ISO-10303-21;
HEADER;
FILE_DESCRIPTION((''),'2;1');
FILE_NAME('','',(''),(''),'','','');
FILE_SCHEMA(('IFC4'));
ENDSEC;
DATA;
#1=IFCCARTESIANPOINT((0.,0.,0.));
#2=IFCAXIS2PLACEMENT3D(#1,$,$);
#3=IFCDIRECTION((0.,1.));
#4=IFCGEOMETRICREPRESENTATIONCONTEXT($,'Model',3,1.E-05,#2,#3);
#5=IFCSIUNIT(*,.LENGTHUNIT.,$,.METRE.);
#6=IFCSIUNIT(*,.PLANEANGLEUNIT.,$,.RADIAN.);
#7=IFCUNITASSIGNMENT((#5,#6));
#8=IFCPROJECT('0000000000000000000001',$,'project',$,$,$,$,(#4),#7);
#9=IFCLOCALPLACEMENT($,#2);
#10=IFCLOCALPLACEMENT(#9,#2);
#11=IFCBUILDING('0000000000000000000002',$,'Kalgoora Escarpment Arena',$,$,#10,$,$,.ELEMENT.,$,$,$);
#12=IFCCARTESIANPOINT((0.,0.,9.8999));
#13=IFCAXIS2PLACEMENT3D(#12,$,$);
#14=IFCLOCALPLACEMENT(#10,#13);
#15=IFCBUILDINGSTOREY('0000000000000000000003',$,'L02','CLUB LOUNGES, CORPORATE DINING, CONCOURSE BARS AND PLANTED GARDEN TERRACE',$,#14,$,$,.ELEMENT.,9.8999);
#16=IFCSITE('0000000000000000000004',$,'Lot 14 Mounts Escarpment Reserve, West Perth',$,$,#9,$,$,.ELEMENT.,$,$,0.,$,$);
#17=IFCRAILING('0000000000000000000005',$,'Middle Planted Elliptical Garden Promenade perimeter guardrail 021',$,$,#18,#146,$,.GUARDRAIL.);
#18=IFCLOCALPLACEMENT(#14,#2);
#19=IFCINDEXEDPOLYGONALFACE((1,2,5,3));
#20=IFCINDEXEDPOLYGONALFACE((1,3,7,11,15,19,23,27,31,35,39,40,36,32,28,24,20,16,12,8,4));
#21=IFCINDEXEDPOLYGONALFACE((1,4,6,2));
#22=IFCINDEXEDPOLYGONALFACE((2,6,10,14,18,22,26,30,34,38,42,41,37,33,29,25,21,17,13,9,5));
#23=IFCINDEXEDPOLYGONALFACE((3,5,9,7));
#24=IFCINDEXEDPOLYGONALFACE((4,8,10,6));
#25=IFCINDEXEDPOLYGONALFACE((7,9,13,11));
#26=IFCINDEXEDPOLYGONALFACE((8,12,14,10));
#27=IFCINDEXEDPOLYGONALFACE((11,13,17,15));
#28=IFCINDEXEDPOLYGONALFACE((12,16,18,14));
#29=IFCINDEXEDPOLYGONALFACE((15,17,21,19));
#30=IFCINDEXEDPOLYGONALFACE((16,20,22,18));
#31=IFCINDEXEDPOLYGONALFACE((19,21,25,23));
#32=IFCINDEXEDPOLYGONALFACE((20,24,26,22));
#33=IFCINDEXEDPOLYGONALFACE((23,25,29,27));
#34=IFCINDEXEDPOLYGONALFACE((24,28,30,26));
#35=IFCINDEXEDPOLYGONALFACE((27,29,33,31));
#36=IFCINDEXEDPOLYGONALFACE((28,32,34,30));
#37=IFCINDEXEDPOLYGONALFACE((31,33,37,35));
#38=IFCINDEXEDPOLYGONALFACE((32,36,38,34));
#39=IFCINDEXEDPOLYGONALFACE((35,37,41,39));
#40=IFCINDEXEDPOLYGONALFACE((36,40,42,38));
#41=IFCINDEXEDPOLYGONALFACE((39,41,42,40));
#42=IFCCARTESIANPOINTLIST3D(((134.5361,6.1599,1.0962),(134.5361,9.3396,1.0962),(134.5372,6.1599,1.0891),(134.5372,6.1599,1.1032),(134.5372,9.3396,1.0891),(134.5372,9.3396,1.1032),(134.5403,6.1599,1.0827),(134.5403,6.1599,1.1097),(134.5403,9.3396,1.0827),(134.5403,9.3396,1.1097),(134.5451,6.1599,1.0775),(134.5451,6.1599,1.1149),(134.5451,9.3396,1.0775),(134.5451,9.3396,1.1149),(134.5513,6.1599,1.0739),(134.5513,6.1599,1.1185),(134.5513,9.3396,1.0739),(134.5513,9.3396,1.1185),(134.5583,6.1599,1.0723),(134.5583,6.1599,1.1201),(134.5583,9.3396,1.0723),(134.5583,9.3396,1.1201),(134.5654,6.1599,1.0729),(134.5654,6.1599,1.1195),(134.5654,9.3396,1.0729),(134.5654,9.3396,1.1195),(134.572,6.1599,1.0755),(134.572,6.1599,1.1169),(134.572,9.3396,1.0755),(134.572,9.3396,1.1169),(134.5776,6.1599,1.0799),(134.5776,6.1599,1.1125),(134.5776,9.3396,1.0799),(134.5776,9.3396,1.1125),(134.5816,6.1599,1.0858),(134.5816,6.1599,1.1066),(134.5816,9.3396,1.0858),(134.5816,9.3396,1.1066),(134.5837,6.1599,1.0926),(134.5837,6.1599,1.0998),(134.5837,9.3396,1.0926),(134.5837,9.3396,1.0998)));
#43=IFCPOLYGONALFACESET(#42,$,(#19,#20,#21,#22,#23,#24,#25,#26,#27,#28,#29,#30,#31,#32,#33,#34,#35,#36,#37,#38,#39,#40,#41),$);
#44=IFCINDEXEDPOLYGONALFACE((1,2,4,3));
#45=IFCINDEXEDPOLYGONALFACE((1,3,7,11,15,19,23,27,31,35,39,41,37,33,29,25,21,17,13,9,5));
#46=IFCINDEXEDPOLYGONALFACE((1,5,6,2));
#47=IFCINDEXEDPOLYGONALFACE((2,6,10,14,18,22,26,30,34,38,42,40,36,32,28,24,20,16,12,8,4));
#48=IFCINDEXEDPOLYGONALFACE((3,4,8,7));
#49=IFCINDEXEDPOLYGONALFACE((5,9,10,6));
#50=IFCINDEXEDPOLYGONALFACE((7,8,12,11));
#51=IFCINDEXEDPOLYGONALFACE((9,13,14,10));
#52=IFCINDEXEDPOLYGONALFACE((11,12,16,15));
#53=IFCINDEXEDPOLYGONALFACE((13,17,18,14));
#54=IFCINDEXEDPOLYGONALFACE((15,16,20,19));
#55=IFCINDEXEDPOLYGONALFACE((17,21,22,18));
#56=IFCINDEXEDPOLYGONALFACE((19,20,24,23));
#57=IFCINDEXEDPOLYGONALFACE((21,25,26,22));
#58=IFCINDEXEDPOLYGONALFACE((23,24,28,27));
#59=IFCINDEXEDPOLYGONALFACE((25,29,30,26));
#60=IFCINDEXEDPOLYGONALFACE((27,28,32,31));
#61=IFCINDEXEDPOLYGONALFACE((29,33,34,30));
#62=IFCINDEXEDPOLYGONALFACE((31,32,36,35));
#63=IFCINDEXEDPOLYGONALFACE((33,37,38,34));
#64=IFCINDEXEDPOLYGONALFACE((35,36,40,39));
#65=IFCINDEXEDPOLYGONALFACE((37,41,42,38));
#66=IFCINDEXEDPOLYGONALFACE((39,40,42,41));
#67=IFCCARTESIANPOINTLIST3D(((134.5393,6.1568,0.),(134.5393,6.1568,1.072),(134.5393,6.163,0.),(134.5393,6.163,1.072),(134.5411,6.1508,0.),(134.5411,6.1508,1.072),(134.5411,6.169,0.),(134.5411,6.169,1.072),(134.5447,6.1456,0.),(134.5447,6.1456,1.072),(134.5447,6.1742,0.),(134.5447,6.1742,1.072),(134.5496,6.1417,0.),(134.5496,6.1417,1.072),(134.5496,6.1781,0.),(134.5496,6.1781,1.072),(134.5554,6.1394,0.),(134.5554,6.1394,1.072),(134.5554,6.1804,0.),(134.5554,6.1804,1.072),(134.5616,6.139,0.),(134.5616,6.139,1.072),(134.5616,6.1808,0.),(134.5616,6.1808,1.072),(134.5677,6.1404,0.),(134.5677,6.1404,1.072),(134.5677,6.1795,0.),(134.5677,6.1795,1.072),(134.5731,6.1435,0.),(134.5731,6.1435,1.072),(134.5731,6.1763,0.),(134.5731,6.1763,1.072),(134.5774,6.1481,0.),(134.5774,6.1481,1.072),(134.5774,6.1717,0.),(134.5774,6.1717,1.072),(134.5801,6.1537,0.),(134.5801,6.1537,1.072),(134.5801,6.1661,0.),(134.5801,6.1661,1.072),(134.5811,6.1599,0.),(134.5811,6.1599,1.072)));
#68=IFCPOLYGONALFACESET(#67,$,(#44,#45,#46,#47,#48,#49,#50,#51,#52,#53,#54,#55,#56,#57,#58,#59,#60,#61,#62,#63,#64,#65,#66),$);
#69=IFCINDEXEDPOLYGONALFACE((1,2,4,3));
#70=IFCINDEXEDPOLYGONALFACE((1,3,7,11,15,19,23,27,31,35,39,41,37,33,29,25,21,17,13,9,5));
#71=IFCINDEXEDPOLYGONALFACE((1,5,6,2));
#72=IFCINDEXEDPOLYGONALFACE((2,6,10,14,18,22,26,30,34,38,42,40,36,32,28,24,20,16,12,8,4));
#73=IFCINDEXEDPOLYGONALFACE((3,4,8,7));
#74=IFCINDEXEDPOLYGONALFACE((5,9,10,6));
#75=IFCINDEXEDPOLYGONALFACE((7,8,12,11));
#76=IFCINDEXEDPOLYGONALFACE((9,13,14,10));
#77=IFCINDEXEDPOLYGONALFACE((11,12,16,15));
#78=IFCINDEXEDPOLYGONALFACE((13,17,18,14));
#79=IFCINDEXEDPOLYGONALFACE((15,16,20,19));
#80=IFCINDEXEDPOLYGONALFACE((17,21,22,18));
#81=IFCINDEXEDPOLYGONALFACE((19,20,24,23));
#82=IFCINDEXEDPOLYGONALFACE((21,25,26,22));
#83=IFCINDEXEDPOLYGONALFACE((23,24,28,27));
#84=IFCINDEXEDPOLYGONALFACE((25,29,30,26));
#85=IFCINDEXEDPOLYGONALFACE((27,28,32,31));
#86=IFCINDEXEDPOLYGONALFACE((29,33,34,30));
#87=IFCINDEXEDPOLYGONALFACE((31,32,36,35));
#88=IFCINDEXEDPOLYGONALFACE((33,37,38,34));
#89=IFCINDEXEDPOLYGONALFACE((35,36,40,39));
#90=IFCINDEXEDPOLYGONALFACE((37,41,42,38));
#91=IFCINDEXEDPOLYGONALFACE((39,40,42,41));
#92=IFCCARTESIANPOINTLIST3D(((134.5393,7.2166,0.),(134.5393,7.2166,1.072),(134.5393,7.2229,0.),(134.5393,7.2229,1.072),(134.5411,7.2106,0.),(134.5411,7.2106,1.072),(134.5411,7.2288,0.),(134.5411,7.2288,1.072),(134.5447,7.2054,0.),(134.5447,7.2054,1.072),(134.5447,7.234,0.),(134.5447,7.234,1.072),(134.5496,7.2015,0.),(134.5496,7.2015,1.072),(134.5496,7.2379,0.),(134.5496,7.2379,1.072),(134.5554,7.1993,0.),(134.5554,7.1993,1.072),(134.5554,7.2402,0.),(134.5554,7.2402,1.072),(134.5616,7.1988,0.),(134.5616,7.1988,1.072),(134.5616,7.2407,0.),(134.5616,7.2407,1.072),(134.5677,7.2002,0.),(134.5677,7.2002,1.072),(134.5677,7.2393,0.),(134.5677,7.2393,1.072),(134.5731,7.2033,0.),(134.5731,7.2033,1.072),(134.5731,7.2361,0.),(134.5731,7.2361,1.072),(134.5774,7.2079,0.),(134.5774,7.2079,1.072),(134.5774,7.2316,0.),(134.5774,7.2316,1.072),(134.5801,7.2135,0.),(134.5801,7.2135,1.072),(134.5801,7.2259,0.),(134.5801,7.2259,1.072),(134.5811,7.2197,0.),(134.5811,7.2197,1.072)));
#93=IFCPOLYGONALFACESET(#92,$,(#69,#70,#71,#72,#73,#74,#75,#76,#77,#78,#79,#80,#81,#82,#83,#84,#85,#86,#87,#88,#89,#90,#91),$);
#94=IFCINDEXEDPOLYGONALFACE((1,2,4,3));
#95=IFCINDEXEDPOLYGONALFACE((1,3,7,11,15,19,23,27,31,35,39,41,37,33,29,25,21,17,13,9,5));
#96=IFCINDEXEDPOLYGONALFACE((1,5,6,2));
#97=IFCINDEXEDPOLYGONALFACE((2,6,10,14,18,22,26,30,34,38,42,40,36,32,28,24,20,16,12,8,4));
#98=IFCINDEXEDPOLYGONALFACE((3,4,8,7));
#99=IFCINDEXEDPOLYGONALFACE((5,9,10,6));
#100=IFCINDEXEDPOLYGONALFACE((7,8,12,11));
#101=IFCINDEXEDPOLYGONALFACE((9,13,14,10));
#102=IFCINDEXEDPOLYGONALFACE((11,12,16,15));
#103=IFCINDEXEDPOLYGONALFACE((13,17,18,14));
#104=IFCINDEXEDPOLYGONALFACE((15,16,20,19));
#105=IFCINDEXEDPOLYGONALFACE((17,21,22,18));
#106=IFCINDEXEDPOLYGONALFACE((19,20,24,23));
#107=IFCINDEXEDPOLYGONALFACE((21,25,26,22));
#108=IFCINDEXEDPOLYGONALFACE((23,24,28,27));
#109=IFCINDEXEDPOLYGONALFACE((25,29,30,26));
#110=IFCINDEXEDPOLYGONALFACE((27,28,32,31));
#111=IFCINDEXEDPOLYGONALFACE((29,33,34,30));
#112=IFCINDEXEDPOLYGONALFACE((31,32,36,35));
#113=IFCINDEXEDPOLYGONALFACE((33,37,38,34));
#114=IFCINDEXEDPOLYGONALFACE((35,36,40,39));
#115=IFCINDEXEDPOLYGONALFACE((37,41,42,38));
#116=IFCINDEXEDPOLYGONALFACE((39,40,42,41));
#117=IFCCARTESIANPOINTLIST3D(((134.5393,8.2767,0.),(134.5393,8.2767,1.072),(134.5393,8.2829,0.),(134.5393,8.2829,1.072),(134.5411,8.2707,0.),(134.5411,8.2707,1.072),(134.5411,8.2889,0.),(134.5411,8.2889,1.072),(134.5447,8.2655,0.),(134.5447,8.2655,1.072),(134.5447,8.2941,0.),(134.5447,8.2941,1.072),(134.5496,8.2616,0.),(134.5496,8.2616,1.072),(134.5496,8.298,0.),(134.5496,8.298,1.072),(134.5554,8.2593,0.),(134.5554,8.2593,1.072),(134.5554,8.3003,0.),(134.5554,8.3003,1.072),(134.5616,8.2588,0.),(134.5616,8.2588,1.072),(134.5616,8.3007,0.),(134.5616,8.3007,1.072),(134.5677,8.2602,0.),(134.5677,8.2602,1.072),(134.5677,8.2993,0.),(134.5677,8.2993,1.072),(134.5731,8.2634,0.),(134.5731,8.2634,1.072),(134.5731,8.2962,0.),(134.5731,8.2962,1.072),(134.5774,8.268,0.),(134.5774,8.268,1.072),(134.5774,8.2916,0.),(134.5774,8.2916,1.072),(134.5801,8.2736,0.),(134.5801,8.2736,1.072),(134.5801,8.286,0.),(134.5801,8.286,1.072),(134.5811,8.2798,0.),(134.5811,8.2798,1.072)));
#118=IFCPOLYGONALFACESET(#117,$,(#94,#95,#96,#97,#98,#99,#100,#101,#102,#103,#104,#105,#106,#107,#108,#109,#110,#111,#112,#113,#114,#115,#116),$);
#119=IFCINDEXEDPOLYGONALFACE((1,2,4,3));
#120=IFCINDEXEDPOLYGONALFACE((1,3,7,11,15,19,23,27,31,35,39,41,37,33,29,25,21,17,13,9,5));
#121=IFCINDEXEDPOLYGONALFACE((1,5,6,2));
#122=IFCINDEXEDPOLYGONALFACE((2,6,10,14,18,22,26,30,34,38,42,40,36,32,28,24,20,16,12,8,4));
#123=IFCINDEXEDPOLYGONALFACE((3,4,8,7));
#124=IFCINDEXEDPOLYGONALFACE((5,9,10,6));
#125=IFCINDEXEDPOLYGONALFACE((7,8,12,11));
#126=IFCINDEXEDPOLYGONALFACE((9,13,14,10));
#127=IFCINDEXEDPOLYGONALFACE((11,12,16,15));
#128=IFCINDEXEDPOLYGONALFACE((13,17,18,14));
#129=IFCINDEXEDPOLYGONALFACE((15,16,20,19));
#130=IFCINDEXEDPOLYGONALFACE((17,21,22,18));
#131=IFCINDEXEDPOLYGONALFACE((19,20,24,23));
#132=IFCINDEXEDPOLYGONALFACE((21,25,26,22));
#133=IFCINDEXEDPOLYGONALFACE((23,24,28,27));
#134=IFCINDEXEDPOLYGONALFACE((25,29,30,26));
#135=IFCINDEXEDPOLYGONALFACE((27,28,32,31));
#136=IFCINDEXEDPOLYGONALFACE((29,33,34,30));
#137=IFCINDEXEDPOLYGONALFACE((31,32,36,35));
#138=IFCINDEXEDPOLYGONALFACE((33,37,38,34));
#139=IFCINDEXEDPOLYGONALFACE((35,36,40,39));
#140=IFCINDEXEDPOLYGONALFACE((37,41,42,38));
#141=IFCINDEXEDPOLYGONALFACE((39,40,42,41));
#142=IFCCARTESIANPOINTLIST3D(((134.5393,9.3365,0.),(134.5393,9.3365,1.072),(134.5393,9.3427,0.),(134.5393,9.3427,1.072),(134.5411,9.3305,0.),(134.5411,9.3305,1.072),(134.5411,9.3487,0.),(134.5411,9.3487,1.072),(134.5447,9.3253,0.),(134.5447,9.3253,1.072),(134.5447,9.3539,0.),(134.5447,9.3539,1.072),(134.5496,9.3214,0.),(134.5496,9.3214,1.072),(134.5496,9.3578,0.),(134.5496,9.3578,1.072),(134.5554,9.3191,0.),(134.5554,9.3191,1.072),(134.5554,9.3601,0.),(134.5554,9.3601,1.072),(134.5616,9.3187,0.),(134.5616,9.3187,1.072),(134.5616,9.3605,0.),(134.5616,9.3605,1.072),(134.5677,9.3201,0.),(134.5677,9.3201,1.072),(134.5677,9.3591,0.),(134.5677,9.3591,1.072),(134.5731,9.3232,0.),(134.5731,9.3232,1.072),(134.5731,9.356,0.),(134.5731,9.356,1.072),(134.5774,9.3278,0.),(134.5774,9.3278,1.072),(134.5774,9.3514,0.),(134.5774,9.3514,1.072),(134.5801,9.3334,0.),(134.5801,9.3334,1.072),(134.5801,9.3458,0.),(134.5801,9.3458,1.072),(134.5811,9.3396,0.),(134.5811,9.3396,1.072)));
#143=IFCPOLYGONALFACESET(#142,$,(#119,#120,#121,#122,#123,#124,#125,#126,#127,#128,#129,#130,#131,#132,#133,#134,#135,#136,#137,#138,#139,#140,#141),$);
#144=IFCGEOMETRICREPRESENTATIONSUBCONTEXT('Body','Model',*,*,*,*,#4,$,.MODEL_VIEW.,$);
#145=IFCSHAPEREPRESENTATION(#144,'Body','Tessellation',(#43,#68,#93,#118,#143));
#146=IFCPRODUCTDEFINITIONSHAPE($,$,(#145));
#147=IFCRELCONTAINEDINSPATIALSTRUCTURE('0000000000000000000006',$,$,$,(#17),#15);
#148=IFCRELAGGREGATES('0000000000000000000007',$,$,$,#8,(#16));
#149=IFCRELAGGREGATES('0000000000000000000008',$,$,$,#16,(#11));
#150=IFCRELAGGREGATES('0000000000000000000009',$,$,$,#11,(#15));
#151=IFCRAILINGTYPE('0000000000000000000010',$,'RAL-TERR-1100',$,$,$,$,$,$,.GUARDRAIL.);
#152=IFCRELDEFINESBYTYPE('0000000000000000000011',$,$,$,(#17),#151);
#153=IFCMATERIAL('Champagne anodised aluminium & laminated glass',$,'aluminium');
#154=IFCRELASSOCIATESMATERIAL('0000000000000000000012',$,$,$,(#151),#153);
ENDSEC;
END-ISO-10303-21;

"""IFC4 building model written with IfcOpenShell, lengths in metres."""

from ifc_helpers import new_model, si_unit, direction, frame, origin, origin_2d, place, context, subcontext, project, spatial, circle, extrude, material, type_object, element, save


model = new_model("IFC4")

# Units and contexts
model_context = context("Model", 3, precision=1e-05, world=origin(), true_north=direction((0.0, 1.0)))
body_context = subcontext(model_context, "Body", "Model", "MODEL_VIEW")
ifc_project = project(units=[si_unit("LENGTHUNIT", "METRE"), si_unit("PLANEANGLEUNIT", "RADIAN")], contexts=[model_context])

# Site, building, storey
site_placement = place(None, origin())
site = spatial("IfcSite", under=ifc_project, at=site_placement, Name="Lot 14 Mounts Escarpment Reserve, West Perth", CompositionType="ELEMENT", RefElevation=0.0)
building_placement = place(site_placement, origin())
building = spatial("IfcBuilding", under=site, at=building_placement, Name="Kalgoora Escarpment Arena", CompositionType="ELEMENT")
storey_placement = place(building_placement, frame((0.0, 0.0, 9.8999)))
storey = spatial("IfcBuildingStorey", under=building, at=storey_placement, Name="L02", Description="CLUB LOUNGES, CORPORATE DINING, CONCOURSE BARS AND PLANTED GARDEN TERRACE", CompositionType="ELEMENT", Elevation=9.8999)

# Railing
ifc_material_1 = material(Name="Champagne anodised aluminium & laminated glass", Category="aluminium")
railing_type = type_object("IfcRailingType", Name="RAL-TERR-1100", PredefinedType="GUARDRAIL", material=ifc_material_1)
railing_1_placement = place(storey_placement, frame((134.5601, 6.1599, 0.0)))
element("IfcRailing", 1, at=railing_1_placement, inside=storey, type_object=railing_type, Name="Middle Planted Elliptical Garden Promenade perimeter guardrail 021", PredefinedType="GUARDRAIL", context=body_context, shape_type="SweptSolid", body=[
    extrude(circle(Radius=0.0239, at=origin_2d()), frame((0.0, 0.0, 1.0962), z_axis=(0.0, 1.0, 0.0), x_axis=(-1.0, 0.0, 0.0)), (0.0, 0.0, 1.0), 3.1797),
    extrude(circle(Radius=0.021, at=origin_2d()), origin(), (0.0, 0.0, 1.0), 1.072),
    extrude(circle(Radius=0.021, at=origin_2d()), frame((0.0, 1.0598, 0.0)), (0.0, 0.0, 1.0), 1.072),
    extrude(circle(Radius=0.021, at=origin_2d()), frame((0.0, 2.1199, 0.0)), (0.0, 0.0, 1.0), 1.072),
    extrude(circle(Radius=0.021, at=origin_2d()), frame((0.0, 3.1797, 0.0)), (0.0, 0.0, 1.0), 1.072),
])

save(model, "model.ifc")
